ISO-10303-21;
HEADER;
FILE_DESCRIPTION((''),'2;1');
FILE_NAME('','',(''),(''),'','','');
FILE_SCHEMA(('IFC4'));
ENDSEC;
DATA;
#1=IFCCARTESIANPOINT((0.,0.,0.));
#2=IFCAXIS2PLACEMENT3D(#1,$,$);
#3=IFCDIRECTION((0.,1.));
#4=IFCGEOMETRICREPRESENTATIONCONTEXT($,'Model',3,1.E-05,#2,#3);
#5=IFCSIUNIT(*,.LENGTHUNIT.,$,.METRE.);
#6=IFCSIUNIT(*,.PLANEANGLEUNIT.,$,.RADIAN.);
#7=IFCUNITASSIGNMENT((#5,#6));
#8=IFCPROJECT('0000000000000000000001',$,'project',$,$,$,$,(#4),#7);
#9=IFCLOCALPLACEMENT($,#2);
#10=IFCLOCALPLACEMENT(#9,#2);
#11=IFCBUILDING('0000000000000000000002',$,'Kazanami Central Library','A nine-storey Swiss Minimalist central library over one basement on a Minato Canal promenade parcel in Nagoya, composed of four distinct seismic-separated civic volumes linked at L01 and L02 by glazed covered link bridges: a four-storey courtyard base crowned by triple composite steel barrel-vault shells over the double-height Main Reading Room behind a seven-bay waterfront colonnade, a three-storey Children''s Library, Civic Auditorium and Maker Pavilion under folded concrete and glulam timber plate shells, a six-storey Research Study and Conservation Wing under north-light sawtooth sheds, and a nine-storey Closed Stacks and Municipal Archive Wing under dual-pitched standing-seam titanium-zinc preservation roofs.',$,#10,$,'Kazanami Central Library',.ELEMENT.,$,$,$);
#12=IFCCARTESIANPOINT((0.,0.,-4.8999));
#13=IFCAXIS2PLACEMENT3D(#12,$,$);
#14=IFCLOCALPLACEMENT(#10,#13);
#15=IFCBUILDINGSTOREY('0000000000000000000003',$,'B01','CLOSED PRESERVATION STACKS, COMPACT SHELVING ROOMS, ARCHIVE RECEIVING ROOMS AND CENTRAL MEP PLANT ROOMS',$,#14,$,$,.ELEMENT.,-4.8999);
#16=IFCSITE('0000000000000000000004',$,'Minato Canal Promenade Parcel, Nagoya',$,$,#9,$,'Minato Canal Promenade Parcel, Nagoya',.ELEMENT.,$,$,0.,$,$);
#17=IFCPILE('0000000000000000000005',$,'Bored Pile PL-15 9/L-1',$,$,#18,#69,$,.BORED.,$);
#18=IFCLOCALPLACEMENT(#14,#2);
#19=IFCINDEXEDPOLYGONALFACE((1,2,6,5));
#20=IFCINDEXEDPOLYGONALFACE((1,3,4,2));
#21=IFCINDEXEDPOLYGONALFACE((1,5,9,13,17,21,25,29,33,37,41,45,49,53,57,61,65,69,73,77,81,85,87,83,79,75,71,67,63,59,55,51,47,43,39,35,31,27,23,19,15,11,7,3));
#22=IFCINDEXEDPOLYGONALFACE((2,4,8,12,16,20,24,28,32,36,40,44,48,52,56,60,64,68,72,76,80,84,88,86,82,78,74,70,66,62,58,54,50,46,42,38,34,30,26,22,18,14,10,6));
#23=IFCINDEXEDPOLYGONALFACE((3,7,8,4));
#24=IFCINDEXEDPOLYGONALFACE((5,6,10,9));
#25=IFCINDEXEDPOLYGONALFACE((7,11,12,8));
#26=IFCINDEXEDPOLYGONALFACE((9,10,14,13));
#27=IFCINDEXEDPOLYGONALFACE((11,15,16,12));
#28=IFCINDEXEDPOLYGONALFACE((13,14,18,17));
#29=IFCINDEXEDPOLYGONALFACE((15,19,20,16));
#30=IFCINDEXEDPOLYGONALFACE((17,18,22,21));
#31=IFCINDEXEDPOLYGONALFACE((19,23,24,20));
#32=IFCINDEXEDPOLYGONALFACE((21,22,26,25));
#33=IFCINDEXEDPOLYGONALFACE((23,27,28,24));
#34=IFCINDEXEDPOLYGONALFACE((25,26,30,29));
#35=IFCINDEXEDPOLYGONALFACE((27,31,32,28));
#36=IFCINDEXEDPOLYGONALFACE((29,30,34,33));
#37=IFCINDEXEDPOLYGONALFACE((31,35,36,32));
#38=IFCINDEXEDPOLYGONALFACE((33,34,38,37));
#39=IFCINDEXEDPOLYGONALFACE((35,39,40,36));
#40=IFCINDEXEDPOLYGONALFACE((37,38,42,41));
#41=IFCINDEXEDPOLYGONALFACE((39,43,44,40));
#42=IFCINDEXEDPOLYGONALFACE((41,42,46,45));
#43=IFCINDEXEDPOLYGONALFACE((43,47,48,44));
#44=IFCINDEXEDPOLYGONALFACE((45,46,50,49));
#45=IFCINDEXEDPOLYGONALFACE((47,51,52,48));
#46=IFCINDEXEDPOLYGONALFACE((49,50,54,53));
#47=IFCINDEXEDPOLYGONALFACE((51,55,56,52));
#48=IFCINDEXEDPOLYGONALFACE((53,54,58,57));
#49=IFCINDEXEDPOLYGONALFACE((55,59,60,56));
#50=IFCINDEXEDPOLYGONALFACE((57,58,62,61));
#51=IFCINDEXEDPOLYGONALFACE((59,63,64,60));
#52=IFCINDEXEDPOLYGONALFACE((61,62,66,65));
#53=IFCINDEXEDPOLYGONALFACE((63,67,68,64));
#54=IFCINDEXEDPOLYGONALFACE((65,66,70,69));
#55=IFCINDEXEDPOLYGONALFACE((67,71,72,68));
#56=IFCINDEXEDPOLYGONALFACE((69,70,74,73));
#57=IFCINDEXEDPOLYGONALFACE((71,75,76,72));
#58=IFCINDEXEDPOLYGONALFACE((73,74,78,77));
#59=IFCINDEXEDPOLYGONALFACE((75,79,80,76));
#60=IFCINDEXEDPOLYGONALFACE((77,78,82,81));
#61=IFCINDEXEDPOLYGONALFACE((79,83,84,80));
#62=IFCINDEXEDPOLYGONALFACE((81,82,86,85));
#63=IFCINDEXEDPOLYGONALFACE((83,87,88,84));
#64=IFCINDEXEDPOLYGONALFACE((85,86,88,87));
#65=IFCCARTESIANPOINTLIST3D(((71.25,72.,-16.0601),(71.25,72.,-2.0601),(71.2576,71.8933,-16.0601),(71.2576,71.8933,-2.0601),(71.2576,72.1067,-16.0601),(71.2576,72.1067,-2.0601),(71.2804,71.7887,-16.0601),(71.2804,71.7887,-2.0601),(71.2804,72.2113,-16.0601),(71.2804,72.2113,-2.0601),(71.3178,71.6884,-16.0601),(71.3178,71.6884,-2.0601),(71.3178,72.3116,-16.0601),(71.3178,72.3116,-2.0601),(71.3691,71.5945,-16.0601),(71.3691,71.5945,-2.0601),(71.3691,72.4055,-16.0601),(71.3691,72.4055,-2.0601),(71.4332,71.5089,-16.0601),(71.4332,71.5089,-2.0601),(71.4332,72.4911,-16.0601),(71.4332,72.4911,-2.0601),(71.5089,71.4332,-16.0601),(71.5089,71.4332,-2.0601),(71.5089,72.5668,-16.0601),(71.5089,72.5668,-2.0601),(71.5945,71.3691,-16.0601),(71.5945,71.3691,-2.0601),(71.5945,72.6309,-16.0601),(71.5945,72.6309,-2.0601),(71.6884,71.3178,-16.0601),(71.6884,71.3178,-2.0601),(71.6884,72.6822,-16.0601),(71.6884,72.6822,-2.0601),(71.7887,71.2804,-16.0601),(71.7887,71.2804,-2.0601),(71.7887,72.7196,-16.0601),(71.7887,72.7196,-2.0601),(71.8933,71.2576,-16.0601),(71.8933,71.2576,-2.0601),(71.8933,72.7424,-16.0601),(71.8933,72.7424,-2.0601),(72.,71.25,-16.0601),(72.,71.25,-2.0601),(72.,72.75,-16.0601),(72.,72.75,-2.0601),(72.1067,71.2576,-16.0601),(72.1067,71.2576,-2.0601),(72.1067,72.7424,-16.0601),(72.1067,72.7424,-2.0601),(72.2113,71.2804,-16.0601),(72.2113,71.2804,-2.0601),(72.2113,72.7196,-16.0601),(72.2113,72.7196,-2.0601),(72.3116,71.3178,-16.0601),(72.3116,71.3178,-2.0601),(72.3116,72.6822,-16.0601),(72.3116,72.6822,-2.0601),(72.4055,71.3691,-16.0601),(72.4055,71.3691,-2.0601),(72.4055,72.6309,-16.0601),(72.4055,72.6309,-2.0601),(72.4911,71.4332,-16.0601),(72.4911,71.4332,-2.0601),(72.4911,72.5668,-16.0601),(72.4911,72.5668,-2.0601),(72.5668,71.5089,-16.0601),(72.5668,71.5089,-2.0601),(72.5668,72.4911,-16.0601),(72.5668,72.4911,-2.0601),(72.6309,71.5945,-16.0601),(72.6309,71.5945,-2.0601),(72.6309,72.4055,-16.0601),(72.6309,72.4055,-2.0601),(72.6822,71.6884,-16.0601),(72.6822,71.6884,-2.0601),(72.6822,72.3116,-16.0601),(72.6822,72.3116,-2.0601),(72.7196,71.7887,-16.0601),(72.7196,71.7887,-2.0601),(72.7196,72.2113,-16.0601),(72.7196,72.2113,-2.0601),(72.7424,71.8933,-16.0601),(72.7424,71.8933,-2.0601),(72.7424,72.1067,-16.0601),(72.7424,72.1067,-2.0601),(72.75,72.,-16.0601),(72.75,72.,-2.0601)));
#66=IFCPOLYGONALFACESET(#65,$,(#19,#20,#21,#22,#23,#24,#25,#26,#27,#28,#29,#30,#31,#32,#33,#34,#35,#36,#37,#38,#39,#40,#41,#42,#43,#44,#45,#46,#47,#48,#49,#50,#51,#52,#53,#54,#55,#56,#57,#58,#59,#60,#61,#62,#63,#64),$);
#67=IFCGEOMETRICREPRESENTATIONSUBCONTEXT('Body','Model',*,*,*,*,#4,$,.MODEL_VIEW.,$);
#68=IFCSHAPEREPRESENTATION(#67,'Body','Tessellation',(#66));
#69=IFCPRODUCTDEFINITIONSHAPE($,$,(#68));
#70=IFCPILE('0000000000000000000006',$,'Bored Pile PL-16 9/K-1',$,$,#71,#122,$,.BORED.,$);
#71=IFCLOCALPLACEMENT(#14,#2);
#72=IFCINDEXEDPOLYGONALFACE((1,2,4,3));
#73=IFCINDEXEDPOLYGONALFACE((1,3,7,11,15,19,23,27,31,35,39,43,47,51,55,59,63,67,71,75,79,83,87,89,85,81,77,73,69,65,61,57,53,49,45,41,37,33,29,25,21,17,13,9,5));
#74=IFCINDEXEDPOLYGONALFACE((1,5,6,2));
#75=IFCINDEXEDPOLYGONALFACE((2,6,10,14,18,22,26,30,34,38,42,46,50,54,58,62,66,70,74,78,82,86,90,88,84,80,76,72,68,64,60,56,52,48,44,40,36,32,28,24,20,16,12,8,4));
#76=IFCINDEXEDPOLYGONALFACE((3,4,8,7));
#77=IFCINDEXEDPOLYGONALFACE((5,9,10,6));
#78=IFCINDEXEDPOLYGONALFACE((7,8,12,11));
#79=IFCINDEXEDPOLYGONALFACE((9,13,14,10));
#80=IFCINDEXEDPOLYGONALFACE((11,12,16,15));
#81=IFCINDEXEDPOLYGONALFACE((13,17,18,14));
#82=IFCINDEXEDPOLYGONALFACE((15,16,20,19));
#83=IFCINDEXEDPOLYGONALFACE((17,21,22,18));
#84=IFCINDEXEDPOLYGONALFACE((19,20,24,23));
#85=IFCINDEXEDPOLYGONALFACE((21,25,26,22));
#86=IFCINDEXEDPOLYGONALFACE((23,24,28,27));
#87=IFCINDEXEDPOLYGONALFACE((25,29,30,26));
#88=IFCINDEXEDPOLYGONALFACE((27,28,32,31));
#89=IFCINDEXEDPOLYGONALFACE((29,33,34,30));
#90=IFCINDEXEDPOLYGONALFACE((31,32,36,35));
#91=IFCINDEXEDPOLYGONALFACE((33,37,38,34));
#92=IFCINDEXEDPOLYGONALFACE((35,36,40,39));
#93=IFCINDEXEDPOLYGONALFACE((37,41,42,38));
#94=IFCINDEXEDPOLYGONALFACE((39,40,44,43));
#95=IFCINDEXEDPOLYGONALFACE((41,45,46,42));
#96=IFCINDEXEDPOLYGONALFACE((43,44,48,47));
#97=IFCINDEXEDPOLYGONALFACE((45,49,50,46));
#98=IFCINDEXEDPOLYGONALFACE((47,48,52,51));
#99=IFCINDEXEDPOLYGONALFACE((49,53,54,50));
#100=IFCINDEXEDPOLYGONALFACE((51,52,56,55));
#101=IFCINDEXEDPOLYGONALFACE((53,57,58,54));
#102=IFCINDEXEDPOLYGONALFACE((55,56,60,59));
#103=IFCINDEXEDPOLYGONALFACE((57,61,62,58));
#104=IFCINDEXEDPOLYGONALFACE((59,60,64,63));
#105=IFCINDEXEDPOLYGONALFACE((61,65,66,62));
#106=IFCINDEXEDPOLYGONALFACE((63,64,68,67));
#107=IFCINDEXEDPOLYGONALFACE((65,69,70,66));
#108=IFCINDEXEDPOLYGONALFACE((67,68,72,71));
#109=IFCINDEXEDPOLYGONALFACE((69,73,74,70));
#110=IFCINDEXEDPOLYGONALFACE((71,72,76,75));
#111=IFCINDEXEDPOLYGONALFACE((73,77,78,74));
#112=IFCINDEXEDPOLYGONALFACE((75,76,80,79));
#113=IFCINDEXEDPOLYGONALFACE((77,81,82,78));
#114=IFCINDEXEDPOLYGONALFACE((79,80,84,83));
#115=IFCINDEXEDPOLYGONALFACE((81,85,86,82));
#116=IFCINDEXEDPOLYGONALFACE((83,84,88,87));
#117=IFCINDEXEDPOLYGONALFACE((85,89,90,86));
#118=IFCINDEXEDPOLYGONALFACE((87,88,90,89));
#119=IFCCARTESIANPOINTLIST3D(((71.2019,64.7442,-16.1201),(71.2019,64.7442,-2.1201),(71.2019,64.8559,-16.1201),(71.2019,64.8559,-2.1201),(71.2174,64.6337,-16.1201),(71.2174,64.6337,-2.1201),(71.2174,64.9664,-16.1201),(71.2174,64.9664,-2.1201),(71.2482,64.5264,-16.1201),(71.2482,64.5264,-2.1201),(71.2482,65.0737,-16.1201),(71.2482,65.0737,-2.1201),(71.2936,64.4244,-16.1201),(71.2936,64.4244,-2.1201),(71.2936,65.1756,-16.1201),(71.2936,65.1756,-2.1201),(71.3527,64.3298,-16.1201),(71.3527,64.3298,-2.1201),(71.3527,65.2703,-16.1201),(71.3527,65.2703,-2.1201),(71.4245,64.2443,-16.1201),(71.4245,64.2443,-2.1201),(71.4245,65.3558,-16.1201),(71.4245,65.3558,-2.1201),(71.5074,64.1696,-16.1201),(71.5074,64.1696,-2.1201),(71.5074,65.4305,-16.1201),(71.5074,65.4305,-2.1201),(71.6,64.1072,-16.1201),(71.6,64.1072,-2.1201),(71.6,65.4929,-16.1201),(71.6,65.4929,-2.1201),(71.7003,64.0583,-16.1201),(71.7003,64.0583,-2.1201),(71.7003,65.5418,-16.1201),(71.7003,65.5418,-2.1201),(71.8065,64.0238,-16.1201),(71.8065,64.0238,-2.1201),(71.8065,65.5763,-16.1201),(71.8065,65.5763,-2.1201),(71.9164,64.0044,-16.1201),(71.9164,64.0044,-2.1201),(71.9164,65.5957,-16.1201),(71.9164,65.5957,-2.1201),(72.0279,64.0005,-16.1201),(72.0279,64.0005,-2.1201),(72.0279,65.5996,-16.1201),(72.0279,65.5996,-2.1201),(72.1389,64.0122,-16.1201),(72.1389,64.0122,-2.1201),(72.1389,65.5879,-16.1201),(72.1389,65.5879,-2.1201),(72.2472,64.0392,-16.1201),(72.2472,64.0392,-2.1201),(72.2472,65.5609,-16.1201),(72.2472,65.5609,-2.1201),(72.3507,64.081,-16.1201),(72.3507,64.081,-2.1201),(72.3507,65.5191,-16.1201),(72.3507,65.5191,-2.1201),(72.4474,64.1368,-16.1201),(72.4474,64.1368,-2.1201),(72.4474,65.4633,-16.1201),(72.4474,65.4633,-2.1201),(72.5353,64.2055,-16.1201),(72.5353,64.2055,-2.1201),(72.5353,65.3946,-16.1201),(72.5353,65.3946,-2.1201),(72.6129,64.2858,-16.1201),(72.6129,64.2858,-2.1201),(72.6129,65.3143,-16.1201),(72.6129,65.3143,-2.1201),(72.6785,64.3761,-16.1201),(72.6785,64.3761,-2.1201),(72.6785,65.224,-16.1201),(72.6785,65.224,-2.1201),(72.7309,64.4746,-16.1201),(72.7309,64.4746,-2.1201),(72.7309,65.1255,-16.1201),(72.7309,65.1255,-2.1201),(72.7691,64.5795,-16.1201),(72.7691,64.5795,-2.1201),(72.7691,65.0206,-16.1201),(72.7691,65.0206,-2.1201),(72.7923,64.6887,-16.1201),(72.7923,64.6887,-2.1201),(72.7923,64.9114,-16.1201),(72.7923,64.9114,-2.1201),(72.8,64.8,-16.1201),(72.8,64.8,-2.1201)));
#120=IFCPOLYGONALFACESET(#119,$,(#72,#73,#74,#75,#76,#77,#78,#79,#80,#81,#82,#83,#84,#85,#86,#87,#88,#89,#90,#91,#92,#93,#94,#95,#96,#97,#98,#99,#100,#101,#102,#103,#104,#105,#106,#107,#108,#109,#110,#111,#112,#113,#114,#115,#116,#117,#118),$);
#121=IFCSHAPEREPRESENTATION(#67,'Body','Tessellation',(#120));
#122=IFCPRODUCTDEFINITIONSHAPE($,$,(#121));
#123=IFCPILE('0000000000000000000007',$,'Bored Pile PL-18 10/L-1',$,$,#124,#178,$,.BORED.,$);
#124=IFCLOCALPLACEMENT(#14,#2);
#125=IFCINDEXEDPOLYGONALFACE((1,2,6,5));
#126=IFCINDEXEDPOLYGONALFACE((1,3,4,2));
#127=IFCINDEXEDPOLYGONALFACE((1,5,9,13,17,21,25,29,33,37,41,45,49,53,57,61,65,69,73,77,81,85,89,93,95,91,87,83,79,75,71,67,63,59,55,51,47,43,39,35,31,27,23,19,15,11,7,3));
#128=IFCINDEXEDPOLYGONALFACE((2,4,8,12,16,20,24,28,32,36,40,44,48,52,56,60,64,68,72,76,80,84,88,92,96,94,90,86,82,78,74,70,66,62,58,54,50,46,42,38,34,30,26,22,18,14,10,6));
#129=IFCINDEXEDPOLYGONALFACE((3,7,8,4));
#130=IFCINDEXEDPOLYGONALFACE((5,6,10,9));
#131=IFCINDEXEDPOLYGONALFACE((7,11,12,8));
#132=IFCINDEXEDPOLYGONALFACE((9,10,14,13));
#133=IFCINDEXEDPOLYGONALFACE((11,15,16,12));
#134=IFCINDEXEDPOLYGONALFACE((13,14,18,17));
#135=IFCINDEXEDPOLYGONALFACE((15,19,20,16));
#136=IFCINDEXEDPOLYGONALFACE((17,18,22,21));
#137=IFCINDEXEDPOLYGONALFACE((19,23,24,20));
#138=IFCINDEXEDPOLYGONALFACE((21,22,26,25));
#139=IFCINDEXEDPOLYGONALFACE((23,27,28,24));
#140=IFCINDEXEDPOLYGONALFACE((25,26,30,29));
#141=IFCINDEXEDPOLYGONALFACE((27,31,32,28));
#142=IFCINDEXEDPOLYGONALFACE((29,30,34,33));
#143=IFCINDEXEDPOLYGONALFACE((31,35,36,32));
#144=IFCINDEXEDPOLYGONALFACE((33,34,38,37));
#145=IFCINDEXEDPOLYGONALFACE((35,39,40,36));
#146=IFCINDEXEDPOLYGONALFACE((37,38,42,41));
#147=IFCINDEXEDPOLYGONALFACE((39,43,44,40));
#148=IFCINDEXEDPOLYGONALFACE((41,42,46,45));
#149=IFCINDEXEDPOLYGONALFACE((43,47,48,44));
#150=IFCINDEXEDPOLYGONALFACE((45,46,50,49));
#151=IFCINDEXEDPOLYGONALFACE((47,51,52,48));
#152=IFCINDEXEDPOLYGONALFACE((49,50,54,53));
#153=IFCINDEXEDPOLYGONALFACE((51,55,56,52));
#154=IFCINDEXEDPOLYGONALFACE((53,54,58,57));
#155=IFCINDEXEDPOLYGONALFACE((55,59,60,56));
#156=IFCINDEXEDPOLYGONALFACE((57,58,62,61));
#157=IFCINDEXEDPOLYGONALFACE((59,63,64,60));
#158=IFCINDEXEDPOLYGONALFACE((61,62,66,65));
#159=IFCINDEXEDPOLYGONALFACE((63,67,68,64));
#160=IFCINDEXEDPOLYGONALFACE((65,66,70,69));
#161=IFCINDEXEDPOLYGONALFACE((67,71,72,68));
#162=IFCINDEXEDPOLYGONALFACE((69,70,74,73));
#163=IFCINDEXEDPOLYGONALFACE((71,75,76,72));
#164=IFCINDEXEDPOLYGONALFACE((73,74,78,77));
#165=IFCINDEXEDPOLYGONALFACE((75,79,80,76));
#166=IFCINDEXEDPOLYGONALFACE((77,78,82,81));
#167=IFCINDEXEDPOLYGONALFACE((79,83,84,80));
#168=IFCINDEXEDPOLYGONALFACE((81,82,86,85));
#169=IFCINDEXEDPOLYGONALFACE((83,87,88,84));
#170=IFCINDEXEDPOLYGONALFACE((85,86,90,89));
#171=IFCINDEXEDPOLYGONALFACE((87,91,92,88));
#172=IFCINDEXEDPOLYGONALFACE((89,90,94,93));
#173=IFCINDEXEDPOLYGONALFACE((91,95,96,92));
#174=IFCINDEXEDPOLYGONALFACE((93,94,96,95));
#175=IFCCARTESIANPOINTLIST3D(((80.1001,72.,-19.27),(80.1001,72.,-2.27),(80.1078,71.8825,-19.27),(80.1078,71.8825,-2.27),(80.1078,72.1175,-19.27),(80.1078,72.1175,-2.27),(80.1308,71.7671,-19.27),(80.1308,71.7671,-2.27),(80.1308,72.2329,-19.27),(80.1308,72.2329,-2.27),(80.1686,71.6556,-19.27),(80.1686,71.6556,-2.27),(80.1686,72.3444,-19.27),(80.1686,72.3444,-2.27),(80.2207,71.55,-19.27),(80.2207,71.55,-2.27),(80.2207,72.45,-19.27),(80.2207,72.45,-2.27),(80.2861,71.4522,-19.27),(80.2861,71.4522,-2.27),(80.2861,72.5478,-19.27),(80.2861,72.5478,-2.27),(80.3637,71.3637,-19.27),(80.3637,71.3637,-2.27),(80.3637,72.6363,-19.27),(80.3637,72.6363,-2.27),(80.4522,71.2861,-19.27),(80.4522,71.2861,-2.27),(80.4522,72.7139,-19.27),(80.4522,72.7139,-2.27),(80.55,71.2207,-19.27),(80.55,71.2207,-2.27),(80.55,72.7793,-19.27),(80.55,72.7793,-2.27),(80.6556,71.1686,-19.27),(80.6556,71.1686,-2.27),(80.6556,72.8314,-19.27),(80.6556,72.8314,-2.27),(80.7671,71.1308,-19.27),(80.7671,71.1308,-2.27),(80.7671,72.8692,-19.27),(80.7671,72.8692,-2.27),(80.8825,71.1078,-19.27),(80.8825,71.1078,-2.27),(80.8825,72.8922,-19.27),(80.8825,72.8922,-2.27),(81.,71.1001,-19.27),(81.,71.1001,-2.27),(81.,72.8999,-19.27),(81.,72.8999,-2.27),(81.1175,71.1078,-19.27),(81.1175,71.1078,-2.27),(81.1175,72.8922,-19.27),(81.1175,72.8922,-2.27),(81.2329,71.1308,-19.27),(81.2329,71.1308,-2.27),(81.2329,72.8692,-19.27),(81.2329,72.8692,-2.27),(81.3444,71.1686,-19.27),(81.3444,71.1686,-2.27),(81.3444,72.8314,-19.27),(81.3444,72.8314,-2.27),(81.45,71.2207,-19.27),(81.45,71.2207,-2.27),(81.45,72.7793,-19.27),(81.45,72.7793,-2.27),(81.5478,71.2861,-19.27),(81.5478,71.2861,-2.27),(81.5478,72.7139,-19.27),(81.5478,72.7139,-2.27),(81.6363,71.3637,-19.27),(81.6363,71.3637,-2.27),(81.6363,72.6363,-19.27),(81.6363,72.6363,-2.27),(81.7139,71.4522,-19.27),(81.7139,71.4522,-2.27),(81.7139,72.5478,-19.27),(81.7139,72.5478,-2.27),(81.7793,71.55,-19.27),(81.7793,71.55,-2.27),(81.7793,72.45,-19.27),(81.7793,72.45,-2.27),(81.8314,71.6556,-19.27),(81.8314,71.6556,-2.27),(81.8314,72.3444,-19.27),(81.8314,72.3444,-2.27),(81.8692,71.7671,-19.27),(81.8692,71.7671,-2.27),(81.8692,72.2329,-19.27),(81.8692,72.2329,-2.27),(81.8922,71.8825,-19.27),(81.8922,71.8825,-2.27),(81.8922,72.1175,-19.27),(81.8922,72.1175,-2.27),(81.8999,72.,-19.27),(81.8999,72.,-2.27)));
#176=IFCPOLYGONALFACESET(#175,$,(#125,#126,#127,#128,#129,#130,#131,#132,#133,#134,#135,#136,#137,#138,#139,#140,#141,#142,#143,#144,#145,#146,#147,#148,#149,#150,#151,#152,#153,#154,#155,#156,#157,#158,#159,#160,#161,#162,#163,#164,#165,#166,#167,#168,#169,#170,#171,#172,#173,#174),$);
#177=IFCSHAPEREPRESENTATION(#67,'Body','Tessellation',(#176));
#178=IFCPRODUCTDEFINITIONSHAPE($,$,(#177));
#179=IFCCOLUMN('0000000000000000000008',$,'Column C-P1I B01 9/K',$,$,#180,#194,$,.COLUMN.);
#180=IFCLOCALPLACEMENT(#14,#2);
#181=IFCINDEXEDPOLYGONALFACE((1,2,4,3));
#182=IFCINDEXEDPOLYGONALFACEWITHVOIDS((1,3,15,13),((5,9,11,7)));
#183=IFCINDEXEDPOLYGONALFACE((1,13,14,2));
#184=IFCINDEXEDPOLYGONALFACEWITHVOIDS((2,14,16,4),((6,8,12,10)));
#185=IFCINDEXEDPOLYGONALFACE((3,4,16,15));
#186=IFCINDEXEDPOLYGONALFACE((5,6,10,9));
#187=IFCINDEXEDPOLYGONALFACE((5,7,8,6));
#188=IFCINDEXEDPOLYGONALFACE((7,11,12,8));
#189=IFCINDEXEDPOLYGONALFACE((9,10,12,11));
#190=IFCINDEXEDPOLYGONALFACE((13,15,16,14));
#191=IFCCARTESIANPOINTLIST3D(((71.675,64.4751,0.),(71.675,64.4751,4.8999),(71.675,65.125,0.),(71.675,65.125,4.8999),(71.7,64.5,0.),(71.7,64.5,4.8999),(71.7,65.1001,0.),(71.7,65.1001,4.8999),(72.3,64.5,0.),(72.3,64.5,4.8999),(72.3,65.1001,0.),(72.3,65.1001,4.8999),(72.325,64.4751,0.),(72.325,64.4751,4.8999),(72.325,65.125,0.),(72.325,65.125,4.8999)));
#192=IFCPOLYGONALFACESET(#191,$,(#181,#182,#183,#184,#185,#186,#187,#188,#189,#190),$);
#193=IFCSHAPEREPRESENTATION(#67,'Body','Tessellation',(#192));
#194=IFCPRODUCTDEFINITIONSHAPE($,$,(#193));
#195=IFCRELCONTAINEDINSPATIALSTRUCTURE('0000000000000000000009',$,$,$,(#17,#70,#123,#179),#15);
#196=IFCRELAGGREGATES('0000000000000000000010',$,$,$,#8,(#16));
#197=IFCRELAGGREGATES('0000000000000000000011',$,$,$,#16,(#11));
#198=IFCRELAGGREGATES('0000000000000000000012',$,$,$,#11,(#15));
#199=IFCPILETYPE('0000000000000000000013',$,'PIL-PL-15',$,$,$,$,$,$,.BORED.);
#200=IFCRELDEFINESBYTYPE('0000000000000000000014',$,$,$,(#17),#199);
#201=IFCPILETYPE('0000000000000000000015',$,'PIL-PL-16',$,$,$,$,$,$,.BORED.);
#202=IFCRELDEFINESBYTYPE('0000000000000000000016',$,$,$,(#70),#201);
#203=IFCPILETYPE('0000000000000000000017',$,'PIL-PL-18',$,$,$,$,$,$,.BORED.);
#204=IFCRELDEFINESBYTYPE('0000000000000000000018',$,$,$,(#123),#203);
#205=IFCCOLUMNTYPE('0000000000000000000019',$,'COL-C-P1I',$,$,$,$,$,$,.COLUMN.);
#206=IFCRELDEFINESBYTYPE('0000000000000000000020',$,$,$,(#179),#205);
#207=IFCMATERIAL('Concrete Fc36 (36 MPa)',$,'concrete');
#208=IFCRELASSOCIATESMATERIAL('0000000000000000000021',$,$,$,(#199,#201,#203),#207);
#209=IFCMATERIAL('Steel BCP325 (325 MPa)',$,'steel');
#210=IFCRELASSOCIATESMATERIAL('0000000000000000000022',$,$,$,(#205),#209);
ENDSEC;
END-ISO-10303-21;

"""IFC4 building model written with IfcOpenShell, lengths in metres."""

from ifc_helpers import new_model, si_unit, direction, frame, origin, origin_2d, place, context, subcontext, project, spatial, hollow_rectangle, circle, extrude, material, material_profile, profile_set, type_object, element, save


model = new_model("IFC4")

# Units and contexts
model_context = context("Model", 3, precision=1e-05, world=origin(), true_north=direction((0.0, 1.0)))
body_context = subcontext(model_context, "Body", "Model", "MODEL_VIEW")
ifc_project = project(units=[si_unit("LENGTHUNIT", "METRE"), si_unit("PLANEANGLEUNIT", "RADIAN")], contexts=[model_context])

# Site, building, storey
site_placement = place(None, origin())
site = spatial("IfcSite", under=ifc_project, at=site_placement, Name="Minato Canal Promenade Parcel, Nagoya", LongName="Minato Canal Promenade Parcel, Nagoya", CompositionType="ELEMENT", RefElevation=0.0)
building_placement = place(site_placement, origin())
building = spatial("IfcBuilding", under=site, at=building_placement, Name="Kazanami Central Library", Description="A nine-storey Swiss Minimalist central library over one basement on a Minato Canal promenade parcel in Nagoya, composed of four distinct seismic-separated civic volumes linked at L01 and L02 by glazed covered link bridges: a four-storey courtyard base crowned by triple composite steel barrel-vault shells over the double-height Main Reading Room behind a seven-bay waterfront colonnade, a three-storey Children's Library, Civic Auditorium and Maker Pavilion under folded concrete and glulam timber plate shells, a six-storey Research Study and Conservation Wing under north-light sawtooth sheds, and a nine-storey Closed Stacks and Municipal Archive Wing under dual-pitched standing-seam titanium-zinc preservation roofs.", LongName="Kazanami Central Library", CompositionType="ELEMENT")
storey_placement = place(building_placement, frame((0.0, 0.0, -4.8999)))
storey = spatial("IfcBuildingStorey", under=building, at=storey_placement, Name="B01", Description="CLOSED PRESERVATION STACKS, COMPACT SHELVING ROOMS, ARCHIVE RECEIVING ROOMS AND CENTRAL MEP PLANT ROOMS", CompositionType="ELEMENT", Elevation=-4.8999)

# Shared definitions
ifc_material_1 = material(Name="Concrete Fc36 (36 MPa)", Category="concrete")

# Piles
ifc_material_profile_1 = material_profile(ifc_material_1, circle(Radius=0.75, at=origin_2d()), Name="BORED-D1500")
ifc_profile_set_1 = profile_set([ifc_material_profile_1], Name="Concrete Fc36 (36 MPa)")
pile_type_1 = type_object("IfcPileType", Name="PIL-PL-15", PredefinedType="BORED", material=ifc_profile_set_1)
pile_1_placement = place(storey_placement, frame((72.0, 72.0, -2.0601), z_axis=(0.0, 0.0, -1.0), x_axis=(1.0, 0.0, 0.0)))
element("IfcPile", 1, at=pile_1_placement, inside=storey, type_object=pile_type_1, Name="Bored Pile PL-15 9/L-1", PredefinedType="BORED", context=body_context, shape_type="SweptSolid", body=[
    extrude(circle(Radius=0.75, at=origin_2d()), origin(), (0.0, 0.0, 1.0), 14.0),
])
ifc_material_profile_2 = material_profile(ifc_material_1, circle(Radius=0.8, at=origin_2d()), Name="BORED-D1600")
ifc_profile_set_2 = profile_set([ifc_material_profile_2], Name="Concrete Fc36 (36 MPa)")
pile_type_2 = type_object("IfcPileType", Name="PIL-PL-16", PredefinedType="BORED", material=ifc_profile_set_2)
pile_2_placement = place(storey_placement, frame((72.0, 64.8, -2.1201), z_axis=(0.0, 0.0, -1.0), x_axis=(1.0, 0.0, 0.0)))
element("IfcPile", 2, at=pile_2_placement, inside=storey, type_object=pile_type_2, Name="Bored Pile PL-16 9/K-1", PredefinedType="BORED", context=body_context, shape_type="SweptSolid", body=[
    extrude(circle(Radius=0.8, at=origin_2d()), origin(), (0.0, 0.0, 1.0), 14.0),
])
ifc_material_profile_3 = material_profile(ifc_material_1, circle(Radius=0.8999, at=origin_2d()), Name="BORED-D1800")
ifc_profile_set_3 = profile_set([ifc_material_profile_3], Name="Concrete Fc36 (36 MPa)")
pile_type_3 = type_object("IfcPileType", Name="PIL-PL-18", PredefinedType="BORED", material=ifc_profile_set_3)
pile_3_placement = place(storey_placement, frame((81.0, 72.0, -2.27), z_axis=(0.0, 0.0, -1.0), x_axis=(1.0, 0.0, 0.0)))
element("IfcPile", 3, at=pile_3_placement, inside=storey, type_object=pile_type_3, Name="Bored Pile PL-18 10/L-1", PredefinedType="BORED", context=body_context, shape_type="SweptSolid", body=[
    extrude(circle(Radius=0.8999, at=origin_2d()), origin(), (0.0, 0.0, 1.0), 17.0),
])

# Column
ifc_material_2 = material(Name="Steel BCP325 (325 MPa)", Category="steel")
ifc_material_profile_4 = material_profile(ifc_material_2, hollow_rectangle(XDim=0.6499, YDim=0.6499, WallThickness=0.0249, at=origin_2d()), Name="BCP-650x650x25")
ifc_profile_set_4 = profile_set([ifc_material_profile_4], Name="Steel BCP325 (325 MPa)")
column_type = type_object("IfcColumnType", Name="COL-C-P1I", PredefinedType="COLUMN", material=ifc_profile_set_4)
for number, where, z_axis, x_axis, name in (
    (4, (72.0, 64.8, 0.0), (0.0, 0.0, 1.0), (1.0, 0.0, 0.0), "Column C-P1I B01 9/K"),
):
    element("IfcColumn", number, at=place(storey_placement, frame(where, z_axis=z_axis, x_axis=x_axis)), inside=storey, type_object=column_type, Name=name, PredefinedType="COLUMN", context=body_context, shape_type="SweptSolid", body=[
        extrude(hollow_rectangle(XDim=0.6499, YDim=0.6499, WallThickness=0.0249, at=origin_2d()), origin(), (0.0, 0.0, 1.0), 4.8999),
    ])

save(model, "model.ifc")
